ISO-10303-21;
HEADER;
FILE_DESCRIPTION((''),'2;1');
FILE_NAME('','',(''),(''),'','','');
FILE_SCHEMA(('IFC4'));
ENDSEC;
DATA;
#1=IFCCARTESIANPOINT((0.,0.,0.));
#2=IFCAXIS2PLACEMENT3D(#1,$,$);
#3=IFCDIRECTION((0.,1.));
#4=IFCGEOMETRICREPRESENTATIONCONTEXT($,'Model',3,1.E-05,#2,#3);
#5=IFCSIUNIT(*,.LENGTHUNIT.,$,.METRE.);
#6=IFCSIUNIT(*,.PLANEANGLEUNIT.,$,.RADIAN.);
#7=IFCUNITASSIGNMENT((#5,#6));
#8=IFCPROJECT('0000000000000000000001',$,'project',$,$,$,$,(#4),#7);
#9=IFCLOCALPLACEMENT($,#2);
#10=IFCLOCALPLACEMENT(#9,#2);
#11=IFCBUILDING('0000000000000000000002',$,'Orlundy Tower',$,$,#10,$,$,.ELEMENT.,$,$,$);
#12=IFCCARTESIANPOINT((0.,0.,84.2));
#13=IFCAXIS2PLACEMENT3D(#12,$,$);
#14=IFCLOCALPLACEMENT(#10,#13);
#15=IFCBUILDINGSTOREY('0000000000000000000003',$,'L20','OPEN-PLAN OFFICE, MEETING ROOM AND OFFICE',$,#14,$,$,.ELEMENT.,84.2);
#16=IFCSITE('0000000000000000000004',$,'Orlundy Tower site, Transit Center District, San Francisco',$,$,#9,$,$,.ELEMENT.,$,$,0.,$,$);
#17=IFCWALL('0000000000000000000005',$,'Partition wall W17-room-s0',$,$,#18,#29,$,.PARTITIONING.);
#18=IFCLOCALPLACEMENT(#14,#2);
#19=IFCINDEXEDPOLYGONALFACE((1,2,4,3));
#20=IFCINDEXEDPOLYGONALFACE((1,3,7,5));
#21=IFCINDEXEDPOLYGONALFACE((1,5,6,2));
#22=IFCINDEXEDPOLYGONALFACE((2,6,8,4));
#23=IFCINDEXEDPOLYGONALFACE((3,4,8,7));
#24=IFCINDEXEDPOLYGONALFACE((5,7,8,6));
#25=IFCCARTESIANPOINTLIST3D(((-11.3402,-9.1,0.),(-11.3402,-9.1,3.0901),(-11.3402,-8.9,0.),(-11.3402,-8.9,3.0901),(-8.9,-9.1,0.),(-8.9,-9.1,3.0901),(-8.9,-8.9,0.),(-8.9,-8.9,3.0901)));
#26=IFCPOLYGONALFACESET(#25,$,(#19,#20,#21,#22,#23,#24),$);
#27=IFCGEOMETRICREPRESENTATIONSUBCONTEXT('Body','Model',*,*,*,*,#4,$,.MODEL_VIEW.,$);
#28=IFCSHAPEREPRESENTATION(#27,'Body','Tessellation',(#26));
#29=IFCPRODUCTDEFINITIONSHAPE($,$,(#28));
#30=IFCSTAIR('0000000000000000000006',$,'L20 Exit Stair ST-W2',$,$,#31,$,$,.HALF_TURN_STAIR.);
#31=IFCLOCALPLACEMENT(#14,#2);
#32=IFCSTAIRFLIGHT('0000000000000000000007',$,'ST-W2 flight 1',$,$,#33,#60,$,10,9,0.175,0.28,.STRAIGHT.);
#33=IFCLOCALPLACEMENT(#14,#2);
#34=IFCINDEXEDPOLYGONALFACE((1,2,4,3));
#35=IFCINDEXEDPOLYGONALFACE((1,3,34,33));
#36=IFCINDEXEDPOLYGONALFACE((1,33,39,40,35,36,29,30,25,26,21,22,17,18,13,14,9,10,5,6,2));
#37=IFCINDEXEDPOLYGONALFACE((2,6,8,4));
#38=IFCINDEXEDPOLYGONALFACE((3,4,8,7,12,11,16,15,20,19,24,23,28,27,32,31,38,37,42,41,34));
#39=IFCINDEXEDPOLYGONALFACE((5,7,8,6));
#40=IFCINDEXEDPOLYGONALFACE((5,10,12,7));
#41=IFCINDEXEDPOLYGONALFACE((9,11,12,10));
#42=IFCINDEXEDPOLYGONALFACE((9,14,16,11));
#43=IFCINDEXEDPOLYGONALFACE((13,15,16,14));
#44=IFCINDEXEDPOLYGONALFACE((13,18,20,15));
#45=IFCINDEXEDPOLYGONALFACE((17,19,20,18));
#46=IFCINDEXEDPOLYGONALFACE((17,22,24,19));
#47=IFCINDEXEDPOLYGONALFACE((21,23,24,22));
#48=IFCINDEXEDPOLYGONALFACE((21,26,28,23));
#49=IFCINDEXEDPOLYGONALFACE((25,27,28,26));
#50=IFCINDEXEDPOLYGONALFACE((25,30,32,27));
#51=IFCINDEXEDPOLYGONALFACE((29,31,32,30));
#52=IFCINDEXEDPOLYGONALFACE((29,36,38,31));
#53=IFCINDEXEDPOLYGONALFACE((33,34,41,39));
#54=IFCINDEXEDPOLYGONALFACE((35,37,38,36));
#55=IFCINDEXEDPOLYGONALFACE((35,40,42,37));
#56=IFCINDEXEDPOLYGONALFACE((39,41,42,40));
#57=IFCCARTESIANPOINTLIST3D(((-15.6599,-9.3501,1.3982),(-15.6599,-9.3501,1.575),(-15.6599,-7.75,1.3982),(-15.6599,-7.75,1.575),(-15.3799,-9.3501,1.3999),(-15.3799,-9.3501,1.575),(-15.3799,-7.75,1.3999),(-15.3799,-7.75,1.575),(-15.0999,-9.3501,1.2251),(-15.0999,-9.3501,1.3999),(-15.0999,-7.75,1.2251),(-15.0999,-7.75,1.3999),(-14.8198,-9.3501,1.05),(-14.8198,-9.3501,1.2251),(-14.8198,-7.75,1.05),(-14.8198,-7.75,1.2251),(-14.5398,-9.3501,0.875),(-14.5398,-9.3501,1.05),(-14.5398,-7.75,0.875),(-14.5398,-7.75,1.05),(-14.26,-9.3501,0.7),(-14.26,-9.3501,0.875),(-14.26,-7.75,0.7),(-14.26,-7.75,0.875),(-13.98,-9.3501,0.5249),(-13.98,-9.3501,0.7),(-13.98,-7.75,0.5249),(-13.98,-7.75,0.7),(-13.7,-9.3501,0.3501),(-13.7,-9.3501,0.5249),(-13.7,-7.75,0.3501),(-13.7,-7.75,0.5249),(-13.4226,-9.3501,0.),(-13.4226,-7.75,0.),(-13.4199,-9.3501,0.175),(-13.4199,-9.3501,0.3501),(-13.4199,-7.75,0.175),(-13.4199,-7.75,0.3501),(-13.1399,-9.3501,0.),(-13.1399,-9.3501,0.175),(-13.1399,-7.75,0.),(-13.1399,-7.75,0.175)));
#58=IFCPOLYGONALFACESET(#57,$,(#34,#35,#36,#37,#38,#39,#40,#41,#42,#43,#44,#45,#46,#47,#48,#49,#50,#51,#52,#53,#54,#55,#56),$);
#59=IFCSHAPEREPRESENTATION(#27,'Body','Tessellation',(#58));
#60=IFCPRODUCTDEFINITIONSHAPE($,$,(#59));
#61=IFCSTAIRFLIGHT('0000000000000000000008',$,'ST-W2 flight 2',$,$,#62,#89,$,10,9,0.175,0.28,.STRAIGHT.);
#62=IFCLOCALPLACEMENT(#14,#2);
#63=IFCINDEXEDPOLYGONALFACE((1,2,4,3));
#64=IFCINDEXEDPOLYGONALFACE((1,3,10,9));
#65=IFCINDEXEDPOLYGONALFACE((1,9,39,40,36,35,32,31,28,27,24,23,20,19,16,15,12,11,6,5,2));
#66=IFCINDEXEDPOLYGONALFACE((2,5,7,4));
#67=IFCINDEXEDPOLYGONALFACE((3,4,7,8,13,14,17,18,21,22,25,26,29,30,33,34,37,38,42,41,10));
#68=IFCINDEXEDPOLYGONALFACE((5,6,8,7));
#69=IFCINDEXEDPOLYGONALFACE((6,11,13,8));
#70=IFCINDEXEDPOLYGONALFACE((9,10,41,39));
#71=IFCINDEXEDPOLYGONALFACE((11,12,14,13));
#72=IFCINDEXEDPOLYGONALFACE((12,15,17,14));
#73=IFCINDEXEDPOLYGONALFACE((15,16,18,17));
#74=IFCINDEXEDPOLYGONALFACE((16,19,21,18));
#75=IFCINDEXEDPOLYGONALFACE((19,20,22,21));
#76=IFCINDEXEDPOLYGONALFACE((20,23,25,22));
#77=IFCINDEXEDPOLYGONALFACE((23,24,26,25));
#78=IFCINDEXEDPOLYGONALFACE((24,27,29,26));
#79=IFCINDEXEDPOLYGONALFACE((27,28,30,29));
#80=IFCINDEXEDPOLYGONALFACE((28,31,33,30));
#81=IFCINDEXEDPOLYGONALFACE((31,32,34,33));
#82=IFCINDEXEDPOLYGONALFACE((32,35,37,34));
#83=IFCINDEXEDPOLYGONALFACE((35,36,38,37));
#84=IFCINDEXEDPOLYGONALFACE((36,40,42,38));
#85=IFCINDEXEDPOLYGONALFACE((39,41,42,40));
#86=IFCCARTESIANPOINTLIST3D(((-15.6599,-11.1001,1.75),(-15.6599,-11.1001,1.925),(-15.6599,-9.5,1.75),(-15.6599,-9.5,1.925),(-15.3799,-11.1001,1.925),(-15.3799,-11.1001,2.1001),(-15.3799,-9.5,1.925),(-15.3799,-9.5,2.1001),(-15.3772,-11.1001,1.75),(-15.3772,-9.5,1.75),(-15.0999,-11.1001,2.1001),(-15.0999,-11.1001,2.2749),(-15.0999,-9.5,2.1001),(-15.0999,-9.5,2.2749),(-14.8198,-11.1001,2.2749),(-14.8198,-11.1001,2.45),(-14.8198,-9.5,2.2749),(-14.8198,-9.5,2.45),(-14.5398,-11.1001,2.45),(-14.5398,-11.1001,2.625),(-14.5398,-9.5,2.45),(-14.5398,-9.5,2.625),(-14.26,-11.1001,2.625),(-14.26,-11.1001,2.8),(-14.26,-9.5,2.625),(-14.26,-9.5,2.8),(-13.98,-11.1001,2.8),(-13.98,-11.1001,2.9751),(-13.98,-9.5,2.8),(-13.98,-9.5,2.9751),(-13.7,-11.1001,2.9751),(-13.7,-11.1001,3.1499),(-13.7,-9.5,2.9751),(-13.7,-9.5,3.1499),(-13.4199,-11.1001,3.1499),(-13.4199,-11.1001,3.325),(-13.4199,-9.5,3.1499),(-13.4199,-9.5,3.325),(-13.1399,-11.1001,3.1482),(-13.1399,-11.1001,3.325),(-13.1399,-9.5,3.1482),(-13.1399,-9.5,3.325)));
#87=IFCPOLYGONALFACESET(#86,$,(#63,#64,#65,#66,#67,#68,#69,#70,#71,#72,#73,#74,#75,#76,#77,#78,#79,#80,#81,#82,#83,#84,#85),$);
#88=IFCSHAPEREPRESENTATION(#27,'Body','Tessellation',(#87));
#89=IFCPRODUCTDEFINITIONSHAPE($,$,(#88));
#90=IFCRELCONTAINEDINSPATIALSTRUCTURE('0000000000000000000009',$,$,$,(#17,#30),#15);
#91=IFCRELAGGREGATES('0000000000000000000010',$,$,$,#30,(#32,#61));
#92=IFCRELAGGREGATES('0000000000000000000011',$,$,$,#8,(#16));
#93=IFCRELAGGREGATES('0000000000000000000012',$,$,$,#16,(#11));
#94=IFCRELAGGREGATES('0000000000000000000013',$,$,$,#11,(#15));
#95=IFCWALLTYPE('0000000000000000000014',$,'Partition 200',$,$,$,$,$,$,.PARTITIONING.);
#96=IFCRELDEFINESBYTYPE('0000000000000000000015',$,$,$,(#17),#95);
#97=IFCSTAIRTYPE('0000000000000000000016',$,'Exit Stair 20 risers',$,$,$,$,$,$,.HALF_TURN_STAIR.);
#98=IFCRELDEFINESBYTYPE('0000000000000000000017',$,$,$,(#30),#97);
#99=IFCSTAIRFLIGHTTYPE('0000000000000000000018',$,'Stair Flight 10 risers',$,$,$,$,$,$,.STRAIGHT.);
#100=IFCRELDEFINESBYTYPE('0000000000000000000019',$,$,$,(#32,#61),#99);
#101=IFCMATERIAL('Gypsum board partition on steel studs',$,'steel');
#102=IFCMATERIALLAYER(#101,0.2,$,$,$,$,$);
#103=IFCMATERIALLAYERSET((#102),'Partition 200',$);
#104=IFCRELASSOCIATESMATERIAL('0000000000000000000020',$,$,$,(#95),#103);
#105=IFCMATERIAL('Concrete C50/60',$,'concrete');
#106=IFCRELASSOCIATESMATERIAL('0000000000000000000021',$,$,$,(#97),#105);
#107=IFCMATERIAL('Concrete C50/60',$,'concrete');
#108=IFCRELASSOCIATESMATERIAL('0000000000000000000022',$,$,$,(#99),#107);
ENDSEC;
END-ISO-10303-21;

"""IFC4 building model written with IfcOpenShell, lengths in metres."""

from ifc_helpers import new_model, si_unit, direction, frame, frame_2d, origin, place, context, subcontext, project, spatial, polyline, rectangle, outline, extrude, material, layer, layer_set, type_object, element, aggregate, save


model = new_model("IFC4")

# Units and contexts
model_context = context("Model", 3, precision=1e-05, world=origin(), true_north=direction((0.0, 1.0)))
body_context = subcontext(model_context, "Body", "Model", "MODEL_VIEW")
ifc_project = project(units=[si_unit("LENGTHUNIT", "METRE"), si_unit("PLANEANGLEUNIT", "RADIAN")], contexts=[model_context])

# Site, building, storey
site_placement = place(None, origin())
site = spatial("IfcSite", under=ifc_project, at=site_placement, Name="Orlundy Tower site, Transit Center District, San Francisco", CompositionType="ELEMENT", RefElevation=0.0)
building_placement = place(site_placement, origin())
building = spatial("IfcBuilding", under=site, at=building_placement, Name="Orlundy Tower", CompositionType="ELEMENT")
storey_placement = place(building_placement, frame((0.0, 0.0, 84.2)))
storey = spatial("IfcBuildingStorey", under=building, at=storey_placement, Name="L20", Description="OPEN-PLAN OFFICE, MEETING ROOM AND OFFICE", CompositionType="ELEMENT", Elevation=84.2)

# Wall
ifc_material_1 = material(Name="Gypsum board partition on steel studs", Category="steel")
ifc_layer_1 = layer(ifc_material_1, 0.2)
ifc_layer_set_1 = layer_set([ifc_layer_1], Name="Partition 200")
wall_type_1 = type_object("IfcWallType", Name="Partition 200", PredefinedType="PARTITIONING", material=ifc_layer_set_1)
wall_1_placement = place(storey_placement, frame((-8.8999, -9.0, 0.0), z_axis=(0.0, 0.0, 1.0), x_axis=(-1.0, 0.0, 0.0)))
element("IfcWall", 1, at=wall_1_placement, inside=storey, type_object=wall_type_1, Name="Partition wall W17-room-s0", PredefinedType="PARTITIONING", context=body_context, shape_type="SweptSolid", body=[
    extrude(rectangle(XDim=2.4402, YDim=0.2, at=frame_2d((1.2202, 0.0))), origin(), (0.0, 0.0, 1.0), 3.0901),
])

# Stair, stair flights
ifc_material_2 = material(Name="Concrete C50/60", Category="concrete")
stair_type = type_object("IfcStairType", Name="Exit Stair 20 risers", PredefinedType="HALF_TURN_STAIR", material=ifc_material_2)
stair_placement = place(storey_placement, origin())
stair = element("IfcStair", 2, at=stair_placement, inside=storey, type_object=stair_type, Name="L20 Exit Stair ST-W2", PredefinedType="HALF_TURN_STAIR")
ifc_material_3 = material(Name="Concrete C50/60", Category="concrete")
stair_flight_type = type_object("IfcStairFlightType", Name="Stair Flight 10 risers", PredefinedType="STRAIGHT", material=ifc_material_3)
stair_flight_1_placement = place(storey_placement, frame((-13.1399, -8.55, 0.0), z_axis=(0.0, 0.0, 1.0), x_axis=(-1.0, 0.0, 0.0)))
stair_flight_1 = element("IfcStairFlight", 3, at=stair_flight_1_placement, type_object=stair_flight_type, Name="ST-W2 flight 1", NumberOfRisers=10, NumberOfTreads=9, PredefinedType="STRAIGHT", RiserHeight=0.175, TreadLength=0.28, context=body_context, shape_type="SweptSolid", body=[
    extrude(outline(polyline([(0.0, 0.0), (0.0, 0.175), (0.28, 0.175), (0.28, 0.3501), (0.5601, 0.3501), (0.5601, 0.5249), (0.8401, 0.5249), (0.8401, 0.7), (1.1201, 0.7), (1.1201, 0.875), (1.3999, 0.875), (1.3999, 1.05), (1.6799, 1.05), (1.6799, 1.2251), (1.96, 1.2251), (1.96, 1.3999), (2.24, 1.3999), (2.24, 1.575), (2.52, 1.575), (2.52, 1.75), (2.52, 1.3982), (0.2827, 0.0), (0.0, 0.0)])), frame((0.0, 0.8, 0.0), z_axis=(0.0, -1.0, 0.0), x_axis=(1.0, 0.0, 0.0)), (0.0, 0.0, 1.0), 1.6001),
])
stair_flight_2_placement = place(storey_placement, frame((-15.6599, -10.3, 1.75), z_axis=(0.0, 0.0, 1.0), x_axis=(1.0, 0.0, 0.0)))
stair_flight_2 = element("IfcStairFlight", 4, at=stair_flight_2_placement, type_object=stair_flight_type, Name="ST-W2 flight 2", NumberOfRisers=10, NumberOfTreads=9, PredefinedType="STRAIGHT", RiserHeight=0.175, TreadLength=0.28, context=body_context, shape_type="SweptSolid", body=[
    extrude(outline(polyline([(0.0, 0.0), (0.0, 0.175), (0.28, 0.175), (0.28, 0.3501), (0.5601, 0.3501), (0.5601, 0.5249), (0.8401, 0.5249), (0.8401, 0.7), (1.1201, 0.7), (1.1201, 0.875), (1.3999, 0.875), (1.3999, 1.05), (1.6799, 1.05), (1.6799, 1.2251), (1.96, 1.2251), (1.96, 1.3999), (2.24, 1.3999), (2.24, 1.575), (2.52, 1.575), (2.52, 1.75), (2.52, 1.3982), (0.2827, 0.0), (0.0, 0.0)])), frame((0.0, 0.8, 0.0), z_axis=(0.0, -1.0, 0.0), x_axis=(1.0, 0.0, 0.0)), (0.0, 0.0, 1.0), 1.6001),
])
aggregate(stair, [stair_flight_1, stair_flight_2])

save(model, "model.ifc")
